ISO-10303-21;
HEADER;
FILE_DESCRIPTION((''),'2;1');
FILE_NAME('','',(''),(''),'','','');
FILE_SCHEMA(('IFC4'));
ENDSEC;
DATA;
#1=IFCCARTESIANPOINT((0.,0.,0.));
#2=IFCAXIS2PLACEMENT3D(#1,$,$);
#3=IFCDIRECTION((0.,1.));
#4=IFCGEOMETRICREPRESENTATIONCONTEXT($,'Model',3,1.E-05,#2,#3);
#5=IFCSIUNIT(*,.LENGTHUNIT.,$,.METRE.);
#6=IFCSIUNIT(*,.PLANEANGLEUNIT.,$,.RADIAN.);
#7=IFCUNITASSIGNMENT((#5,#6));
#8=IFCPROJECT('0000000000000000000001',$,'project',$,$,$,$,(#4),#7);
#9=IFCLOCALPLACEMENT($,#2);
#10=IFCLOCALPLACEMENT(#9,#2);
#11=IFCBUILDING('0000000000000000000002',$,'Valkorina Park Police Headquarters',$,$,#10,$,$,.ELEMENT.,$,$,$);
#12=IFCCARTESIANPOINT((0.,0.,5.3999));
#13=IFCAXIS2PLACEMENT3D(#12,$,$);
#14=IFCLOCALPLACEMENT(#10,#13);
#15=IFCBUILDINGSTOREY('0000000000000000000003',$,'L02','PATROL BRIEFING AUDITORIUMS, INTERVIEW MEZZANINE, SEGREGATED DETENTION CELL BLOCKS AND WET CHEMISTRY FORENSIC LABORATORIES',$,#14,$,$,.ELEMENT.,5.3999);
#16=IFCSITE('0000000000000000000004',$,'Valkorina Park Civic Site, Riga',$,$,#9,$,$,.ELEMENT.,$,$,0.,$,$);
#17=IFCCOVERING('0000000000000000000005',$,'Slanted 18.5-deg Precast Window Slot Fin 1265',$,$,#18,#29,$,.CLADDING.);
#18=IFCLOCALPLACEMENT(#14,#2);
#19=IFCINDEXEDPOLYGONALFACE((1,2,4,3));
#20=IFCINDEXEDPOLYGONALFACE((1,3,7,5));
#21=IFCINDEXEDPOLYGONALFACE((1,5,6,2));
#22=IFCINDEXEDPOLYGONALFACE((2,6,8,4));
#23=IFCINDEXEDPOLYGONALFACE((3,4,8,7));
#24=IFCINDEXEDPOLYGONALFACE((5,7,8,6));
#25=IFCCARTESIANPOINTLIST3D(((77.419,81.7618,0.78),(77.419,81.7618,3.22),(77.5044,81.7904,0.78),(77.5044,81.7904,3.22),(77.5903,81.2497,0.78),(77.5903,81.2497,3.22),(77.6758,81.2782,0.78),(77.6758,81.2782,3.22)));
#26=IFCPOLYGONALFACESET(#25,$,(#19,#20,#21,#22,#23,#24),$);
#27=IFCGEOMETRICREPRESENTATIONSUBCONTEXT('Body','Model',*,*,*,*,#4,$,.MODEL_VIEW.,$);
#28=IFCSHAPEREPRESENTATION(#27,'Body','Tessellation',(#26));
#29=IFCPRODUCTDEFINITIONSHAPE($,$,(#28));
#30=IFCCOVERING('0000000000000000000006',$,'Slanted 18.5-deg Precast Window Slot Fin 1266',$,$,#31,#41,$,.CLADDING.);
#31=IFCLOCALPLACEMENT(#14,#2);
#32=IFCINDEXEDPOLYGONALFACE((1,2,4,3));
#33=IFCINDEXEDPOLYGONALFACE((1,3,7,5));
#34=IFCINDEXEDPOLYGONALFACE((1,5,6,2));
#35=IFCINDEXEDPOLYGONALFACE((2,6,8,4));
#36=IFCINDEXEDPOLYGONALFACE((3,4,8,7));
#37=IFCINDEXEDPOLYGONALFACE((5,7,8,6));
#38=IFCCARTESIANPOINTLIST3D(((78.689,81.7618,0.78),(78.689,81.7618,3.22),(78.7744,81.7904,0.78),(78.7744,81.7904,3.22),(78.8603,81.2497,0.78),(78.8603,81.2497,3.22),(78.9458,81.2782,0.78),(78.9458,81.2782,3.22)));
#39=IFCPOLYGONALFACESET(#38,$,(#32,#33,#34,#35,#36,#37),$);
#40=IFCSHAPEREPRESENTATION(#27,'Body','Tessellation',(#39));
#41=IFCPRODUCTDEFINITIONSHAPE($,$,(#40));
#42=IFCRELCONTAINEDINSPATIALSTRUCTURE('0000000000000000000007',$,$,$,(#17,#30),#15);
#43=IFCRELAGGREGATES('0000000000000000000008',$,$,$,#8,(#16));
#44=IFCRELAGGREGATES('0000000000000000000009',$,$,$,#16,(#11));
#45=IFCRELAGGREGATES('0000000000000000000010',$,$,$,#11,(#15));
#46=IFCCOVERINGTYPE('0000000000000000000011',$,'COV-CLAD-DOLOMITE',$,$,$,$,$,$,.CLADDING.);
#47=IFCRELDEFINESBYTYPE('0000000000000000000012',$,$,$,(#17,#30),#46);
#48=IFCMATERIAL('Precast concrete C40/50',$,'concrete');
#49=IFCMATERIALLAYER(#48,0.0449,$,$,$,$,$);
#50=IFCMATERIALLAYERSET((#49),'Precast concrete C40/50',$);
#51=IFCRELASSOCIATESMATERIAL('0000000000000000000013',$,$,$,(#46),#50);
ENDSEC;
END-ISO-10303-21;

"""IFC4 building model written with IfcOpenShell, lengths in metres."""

from ifc_helpers import new_model, si_unit, direction, frame, origin, origin_2d, place, context, subcontext, project, spatial, rectangle, extrude, material, layer, layer_set, type_object, element, save


model = new_model("IFC4")

# Units and contexts
model_context = context("Model", 3, precision=1e-05, world=origin(), true_north=direction((0.0, 1.0)))
body_context = subcontext(model_context, "Body", "Model", "MODEL_VIEW")
ifc_project = project(units=[si_unit("LENGTHUNIT", "METRE"), si_unit("PLANEANGLEUNIT", "RADIAN")], contexts=[model_context])

# Site, building, storey
site_placement = place(None, origin())
site = spatial("IfcSite", under=ifc_project, at=site_placement, Name="Valkorina Park Civic Site, Riga", CompositionType="ELEMENT", RefElevation=0.0)
building_placement = place(site_placement, origin())
building = spatial("IfcBuilding", under=site, at=building_placement, Name="Valkorina Park Police Headquarters", CompositionType="ELEMENT")
storey_placement = place(building_placement, frame((0.0, 0.0, 5.3999)))
storey = spatial("IfcBuildingStorey", under=building, at=storey_placement, Name="L02", Description="PATROL BRIEFING AUDITORIUMS, INTERVIEW MEZZANINE, SEGREGATED DETENTION CELL BLOCKS AND WET CHEMISTRY FORENSIC LABORATORIES", CompositionType="ELEMENT", Elevation=5.3999)

# Coverings
ifc_material = material(Name="Precast concrete C40/50", Category="concrete")
ifc_layer = layer(ifc_material, 0.0449)
ifc_layer_set = layer_set([ifc_layer], Name="Precast concrete C40/50")
covering_type = type_object("IfcCoveringType", Name="COV-CLAD-DOLOMITE", PredefinedType="CLADDING", material=ifc_layer_set)
for number, where, z_axis, x_axis, name in (
    (1, (77.5474, 81.52, 0.78), (0.0, 0.0, 1.0), (-0.317305, 0.948324, 0.0), "Slanted 18.5-deg Precast Window Slot Fin 1265"),
    (2, (78.8174, 81.52, 0.78), (0.0, 0.0, 1.0), (-0.317305, 0.948324, 0.0), "Slanted 18.5-deg Precast Window Slot Fin 1266"),
):
    element("IfcCovering", number, at=place(storey_placement, frame(where, z_axis=z_axis, x_axis=x_axis)), inside=storey, type_object=covering_type, Name=name, PredefinedType="CLADDING", context=body_context, shape_type="SweptSolid", body=[
        extrude(rectangle(XDim=0.54, YDim=0.0901, at=origin_2d()), origin(), (0.0, 0.0, 1.0), 2.4399),
    ])

save(model, "model.ifc")
